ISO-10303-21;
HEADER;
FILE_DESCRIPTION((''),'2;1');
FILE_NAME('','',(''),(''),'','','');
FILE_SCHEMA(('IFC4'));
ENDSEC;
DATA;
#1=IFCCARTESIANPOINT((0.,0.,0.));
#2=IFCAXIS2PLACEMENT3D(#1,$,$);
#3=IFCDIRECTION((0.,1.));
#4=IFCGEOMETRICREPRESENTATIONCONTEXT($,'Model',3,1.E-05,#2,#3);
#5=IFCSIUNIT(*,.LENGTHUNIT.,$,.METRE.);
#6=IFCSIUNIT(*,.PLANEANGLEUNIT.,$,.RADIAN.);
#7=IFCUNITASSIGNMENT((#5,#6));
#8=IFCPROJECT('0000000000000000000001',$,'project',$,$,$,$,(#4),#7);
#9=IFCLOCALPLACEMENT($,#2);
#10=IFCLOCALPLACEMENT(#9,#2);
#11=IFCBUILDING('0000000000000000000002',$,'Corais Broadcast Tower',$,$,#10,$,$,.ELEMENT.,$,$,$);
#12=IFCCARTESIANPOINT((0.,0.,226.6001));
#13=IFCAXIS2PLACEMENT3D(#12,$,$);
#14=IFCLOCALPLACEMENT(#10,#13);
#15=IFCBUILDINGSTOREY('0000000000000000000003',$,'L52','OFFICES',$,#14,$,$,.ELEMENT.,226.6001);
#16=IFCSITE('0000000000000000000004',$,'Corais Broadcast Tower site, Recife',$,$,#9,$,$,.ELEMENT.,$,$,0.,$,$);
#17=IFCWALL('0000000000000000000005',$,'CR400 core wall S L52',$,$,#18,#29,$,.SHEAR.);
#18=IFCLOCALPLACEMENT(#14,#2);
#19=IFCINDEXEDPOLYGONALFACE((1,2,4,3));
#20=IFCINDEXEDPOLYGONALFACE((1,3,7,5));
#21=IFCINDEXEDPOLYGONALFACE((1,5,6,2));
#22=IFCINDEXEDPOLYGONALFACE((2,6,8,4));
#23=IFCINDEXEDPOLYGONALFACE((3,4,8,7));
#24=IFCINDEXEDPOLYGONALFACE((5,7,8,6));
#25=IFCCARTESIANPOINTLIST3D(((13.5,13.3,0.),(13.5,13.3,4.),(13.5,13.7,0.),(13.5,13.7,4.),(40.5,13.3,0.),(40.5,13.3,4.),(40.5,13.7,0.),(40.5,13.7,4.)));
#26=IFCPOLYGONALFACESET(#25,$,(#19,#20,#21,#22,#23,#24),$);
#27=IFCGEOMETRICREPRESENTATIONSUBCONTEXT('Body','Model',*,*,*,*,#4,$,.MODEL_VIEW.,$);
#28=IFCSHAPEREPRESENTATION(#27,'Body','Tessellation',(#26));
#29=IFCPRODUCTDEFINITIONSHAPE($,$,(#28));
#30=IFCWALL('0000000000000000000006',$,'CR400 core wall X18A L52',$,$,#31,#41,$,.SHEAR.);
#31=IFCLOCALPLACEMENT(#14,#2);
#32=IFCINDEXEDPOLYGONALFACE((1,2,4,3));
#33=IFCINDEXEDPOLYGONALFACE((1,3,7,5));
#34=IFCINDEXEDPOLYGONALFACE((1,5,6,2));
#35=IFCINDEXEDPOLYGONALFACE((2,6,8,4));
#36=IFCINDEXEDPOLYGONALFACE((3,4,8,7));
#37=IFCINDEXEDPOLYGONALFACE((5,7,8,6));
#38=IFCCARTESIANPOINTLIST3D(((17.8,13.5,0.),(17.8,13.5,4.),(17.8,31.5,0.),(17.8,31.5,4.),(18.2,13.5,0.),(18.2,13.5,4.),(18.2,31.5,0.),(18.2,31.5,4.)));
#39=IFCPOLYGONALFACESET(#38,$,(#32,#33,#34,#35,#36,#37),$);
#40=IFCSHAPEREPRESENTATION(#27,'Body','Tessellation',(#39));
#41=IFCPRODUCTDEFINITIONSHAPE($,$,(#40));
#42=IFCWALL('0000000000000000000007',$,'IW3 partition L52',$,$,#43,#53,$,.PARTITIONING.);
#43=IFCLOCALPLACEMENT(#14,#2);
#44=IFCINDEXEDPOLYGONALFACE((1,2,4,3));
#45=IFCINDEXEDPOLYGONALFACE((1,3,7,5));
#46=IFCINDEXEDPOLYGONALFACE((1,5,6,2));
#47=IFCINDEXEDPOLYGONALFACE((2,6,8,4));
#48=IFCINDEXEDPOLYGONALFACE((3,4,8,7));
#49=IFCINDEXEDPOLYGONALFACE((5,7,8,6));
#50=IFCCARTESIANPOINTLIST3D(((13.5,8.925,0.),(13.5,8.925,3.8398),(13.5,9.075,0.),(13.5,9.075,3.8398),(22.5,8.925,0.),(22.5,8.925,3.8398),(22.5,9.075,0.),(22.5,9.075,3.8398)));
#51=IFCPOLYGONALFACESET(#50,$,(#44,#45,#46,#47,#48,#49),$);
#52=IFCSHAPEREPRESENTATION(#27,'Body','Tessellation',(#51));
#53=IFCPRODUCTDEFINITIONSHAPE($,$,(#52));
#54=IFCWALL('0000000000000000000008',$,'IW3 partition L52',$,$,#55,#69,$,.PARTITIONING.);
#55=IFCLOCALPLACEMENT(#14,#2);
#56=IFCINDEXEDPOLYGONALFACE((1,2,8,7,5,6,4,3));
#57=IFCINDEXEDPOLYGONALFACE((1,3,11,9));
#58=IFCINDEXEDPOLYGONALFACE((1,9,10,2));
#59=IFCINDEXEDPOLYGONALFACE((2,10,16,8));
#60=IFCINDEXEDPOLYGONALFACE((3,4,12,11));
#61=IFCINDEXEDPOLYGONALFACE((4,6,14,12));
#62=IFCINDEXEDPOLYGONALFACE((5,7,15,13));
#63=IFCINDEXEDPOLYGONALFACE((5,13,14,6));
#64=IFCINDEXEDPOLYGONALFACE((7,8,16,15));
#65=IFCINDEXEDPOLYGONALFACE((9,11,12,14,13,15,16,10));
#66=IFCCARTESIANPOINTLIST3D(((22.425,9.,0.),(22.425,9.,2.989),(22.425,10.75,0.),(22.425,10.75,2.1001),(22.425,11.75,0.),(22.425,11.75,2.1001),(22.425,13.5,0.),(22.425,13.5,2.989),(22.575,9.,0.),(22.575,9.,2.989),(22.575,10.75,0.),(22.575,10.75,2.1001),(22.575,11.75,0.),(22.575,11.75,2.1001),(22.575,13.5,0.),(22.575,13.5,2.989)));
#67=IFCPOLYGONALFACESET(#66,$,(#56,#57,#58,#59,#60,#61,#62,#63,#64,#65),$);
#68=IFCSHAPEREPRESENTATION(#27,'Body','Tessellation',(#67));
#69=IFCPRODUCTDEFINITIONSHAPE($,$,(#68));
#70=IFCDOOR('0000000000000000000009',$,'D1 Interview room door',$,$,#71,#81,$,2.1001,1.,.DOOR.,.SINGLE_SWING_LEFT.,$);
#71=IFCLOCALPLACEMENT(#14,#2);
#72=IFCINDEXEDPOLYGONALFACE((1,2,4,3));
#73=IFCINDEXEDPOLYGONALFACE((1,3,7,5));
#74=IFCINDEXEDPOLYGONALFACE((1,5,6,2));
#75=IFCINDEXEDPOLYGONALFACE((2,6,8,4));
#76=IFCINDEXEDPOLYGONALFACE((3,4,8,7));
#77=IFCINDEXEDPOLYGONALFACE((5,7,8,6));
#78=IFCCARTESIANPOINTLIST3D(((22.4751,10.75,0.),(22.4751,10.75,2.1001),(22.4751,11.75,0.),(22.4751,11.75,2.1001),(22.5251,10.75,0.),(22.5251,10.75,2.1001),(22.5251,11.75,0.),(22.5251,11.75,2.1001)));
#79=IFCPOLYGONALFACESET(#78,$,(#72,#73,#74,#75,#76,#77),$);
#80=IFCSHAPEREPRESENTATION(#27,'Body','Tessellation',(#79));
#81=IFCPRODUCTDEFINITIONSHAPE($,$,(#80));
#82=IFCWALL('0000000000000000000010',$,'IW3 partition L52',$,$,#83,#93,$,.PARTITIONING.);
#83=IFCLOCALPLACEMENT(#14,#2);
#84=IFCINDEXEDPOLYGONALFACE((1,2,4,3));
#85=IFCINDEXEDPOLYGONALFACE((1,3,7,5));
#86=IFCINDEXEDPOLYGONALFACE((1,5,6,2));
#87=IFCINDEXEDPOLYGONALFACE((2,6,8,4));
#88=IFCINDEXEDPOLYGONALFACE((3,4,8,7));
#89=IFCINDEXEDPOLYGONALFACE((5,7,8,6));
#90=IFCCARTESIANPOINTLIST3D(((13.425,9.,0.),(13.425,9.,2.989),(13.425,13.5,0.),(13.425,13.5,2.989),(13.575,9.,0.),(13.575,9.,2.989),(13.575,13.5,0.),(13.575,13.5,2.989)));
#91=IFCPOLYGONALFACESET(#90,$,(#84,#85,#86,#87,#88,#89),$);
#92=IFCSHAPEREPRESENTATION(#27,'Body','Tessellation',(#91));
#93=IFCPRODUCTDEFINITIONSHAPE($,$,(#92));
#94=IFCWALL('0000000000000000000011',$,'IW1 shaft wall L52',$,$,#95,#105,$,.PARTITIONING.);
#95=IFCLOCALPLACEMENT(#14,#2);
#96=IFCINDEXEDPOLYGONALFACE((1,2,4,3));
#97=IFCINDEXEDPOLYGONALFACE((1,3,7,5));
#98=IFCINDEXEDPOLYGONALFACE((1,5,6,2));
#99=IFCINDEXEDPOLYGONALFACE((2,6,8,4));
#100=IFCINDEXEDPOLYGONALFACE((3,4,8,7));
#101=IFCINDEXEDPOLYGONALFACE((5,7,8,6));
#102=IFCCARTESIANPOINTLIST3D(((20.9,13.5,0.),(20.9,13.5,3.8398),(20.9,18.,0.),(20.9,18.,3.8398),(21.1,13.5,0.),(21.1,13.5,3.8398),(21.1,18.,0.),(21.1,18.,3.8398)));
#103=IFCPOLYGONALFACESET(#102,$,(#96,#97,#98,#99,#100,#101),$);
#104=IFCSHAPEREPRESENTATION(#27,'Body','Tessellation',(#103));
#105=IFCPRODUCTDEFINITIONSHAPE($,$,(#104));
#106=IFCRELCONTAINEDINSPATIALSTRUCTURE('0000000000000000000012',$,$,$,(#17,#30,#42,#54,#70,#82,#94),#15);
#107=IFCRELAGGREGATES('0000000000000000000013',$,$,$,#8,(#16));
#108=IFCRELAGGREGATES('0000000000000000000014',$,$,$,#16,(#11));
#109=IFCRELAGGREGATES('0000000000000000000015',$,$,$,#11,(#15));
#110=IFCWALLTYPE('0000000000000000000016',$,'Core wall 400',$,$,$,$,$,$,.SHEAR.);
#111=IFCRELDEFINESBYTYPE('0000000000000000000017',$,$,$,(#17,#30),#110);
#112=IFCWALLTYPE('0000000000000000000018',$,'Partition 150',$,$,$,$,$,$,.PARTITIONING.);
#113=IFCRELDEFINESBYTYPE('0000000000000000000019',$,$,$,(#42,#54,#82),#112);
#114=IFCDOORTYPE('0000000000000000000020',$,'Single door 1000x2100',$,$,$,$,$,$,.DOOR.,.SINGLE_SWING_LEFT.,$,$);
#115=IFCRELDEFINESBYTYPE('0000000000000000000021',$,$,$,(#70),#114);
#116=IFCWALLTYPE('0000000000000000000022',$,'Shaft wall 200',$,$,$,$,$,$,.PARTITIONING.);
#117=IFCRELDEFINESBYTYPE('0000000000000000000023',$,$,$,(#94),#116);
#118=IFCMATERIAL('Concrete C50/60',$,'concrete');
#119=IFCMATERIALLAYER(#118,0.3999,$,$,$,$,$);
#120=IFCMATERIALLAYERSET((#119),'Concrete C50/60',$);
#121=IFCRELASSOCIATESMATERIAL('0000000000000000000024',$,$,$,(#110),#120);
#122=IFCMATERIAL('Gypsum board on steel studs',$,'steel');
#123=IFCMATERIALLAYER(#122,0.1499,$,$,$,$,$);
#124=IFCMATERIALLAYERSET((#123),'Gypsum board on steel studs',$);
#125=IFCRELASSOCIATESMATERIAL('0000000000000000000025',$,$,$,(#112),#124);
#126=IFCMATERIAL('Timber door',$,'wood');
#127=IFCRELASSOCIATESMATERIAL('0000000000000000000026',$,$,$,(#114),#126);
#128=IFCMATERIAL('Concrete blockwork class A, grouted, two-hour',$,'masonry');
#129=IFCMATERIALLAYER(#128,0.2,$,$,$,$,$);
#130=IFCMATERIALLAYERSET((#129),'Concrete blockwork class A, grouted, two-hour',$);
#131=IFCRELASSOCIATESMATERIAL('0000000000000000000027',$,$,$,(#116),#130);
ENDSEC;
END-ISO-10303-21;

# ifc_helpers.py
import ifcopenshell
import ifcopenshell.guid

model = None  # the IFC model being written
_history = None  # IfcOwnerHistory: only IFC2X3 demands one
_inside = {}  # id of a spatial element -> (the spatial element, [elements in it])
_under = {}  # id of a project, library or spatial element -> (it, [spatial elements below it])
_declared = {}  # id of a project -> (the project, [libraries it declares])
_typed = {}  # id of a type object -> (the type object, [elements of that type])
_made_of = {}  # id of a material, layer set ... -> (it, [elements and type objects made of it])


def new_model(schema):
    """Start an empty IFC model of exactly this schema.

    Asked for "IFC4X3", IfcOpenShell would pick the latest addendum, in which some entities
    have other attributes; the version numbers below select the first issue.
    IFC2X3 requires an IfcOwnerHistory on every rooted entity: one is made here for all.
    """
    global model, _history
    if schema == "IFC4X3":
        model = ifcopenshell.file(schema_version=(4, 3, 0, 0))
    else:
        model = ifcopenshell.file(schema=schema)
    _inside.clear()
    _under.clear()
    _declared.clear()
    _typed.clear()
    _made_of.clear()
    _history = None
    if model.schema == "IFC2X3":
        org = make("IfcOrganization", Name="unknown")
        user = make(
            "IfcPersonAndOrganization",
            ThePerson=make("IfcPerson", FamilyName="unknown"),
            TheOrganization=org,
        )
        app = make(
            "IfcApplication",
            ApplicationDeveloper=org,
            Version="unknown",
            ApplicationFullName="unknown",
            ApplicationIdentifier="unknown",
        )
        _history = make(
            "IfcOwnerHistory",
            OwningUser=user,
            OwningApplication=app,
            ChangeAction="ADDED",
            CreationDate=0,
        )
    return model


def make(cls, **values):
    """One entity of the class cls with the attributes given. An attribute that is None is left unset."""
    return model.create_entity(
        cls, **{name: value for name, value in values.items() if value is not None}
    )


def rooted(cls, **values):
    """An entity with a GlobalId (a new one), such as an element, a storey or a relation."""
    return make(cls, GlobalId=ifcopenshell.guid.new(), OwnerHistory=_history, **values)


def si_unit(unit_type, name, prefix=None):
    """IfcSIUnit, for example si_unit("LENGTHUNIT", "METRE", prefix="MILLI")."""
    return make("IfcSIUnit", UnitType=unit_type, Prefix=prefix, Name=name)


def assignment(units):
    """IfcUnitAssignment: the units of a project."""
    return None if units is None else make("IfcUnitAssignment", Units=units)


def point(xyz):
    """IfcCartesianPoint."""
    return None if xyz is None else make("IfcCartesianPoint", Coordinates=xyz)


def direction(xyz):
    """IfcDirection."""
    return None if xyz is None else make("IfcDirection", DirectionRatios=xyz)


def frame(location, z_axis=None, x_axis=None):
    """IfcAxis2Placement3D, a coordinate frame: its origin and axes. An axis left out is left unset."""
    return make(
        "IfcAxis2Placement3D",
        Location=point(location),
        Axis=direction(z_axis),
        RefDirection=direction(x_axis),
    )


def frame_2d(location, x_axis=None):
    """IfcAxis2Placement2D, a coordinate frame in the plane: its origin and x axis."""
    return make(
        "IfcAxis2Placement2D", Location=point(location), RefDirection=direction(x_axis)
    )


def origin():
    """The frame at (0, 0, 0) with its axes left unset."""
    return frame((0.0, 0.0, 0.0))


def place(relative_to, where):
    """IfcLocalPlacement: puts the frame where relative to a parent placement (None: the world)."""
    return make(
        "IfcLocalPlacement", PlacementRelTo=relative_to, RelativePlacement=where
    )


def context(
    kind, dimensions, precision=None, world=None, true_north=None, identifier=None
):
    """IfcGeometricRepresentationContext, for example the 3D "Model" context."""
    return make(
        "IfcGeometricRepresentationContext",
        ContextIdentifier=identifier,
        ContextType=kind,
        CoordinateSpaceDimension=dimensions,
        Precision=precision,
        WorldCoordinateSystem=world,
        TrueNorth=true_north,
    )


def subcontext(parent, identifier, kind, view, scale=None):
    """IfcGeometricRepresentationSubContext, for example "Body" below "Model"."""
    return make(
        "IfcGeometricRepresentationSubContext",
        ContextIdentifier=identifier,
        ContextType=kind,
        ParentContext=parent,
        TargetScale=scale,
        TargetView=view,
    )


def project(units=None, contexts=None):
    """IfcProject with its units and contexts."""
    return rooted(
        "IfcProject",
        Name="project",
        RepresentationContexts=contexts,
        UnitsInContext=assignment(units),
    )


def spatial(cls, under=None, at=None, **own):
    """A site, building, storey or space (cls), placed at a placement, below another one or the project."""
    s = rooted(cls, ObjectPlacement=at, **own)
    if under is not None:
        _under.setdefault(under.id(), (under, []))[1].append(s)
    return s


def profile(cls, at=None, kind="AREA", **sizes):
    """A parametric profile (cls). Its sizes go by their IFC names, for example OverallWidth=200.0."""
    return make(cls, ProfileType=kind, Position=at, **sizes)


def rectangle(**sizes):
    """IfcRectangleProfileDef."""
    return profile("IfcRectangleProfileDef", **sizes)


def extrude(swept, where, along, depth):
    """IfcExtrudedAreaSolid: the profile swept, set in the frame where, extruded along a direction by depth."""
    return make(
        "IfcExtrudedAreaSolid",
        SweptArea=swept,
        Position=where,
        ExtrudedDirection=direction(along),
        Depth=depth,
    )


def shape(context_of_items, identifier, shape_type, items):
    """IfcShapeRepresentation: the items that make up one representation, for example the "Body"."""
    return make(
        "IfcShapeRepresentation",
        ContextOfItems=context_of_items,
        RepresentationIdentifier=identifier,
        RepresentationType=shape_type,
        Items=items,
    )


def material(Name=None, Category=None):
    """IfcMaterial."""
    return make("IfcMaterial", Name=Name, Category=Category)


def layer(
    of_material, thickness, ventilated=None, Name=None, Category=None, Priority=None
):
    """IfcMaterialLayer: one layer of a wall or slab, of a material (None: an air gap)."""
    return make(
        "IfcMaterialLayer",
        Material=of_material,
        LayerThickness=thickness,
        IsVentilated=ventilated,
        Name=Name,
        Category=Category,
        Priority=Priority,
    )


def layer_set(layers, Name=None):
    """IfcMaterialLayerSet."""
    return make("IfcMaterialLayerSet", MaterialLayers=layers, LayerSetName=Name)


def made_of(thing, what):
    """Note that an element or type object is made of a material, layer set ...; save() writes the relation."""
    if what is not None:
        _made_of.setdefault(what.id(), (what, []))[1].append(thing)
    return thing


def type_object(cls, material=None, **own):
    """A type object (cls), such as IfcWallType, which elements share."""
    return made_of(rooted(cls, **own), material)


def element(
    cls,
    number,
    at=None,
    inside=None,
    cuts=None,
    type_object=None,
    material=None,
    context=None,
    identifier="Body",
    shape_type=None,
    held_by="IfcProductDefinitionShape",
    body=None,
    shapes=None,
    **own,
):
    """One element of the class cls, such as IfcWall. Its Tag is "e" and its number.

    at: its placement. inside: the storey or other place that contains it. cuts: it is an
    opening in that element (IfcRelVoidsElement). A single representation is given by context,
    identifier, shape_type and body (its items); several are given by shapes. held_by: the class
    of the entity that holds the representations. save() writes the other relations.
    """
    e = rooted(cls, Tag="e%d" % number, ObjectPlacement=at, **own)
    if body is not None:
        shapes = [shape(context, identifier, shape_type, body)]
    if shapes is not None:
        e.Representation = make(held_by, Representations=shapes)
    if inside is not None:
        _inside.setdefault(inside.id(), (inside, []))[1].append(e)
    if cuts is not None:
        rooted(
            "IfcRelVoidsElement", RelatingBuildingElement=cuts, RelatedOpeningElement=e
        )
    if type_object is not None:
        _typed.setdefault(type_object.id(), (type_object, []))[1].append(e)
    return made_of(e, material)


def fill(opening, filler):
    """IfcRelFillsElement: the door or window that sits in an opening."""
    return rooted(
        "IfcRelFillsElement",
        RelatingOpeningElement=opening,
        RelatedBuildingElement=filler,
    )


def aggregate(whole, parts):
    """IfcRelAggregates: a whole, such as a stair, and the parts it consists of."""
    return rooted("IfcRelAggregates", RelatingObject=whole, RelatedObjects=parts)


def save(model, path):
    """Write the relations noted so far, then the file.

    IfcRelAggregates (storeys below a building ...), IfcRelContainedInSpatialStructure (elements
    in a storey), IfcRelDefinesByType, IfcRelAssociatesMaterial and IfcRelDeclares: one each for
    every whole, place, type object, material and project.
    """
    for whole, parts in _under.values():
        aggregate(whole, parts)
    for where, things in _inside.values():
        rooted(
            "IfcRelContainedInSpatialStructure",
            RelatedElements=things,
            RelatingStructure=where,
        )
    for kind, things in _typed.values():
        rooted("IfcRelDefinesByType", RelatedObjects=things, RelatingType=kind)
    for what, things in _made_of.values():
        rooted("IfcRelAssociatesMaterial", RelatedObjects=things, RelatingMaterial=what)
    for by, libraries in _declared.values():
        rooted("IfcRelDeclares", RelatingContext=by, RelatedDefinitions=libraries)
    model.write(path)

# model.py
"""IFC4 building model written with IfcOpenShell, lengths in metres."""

from ifc_helpers import new_model, si_unit, direction, frame, frame_2d, origin, place, context, subcontext, project, spatial, rectangle, extrude, material, layer, layer_set, type_object, element, fill, save


model = new_model("IFC4")

# Units and contexts
model_context = context("Model", 3, precision=1e-05, world=origin(), true_north=direction((0.0, 1.0)))
body_context = subcontext(model_context, "Body", "Model", "MODEL_VIEW")
ifc_project = project(units=[si_unit("LENGTHUNIT", "METRE"), si_unit("PLANEANGLEUNIT", "RADIAN")], contexts=[model_context])

# Site, building, storey
site_placement = place(None, origin())
site = spatial("IfcSite", under=ifc_project, at=site_placement, Name="Corais Broadcast Tower site, Recife", CompositionType="ELEMENT", RefElevation=0.0)
building_placement = place(site_placement, origin())
building = spatial("IfcBuilding", under=site, at=building_placement, Name="Corais Broadcast Tower", CompositionType="ELEMENT")
storey_placement = place(building_placement, frame((0.0, 0.0, 226.6001)))
storey = spatial("IfcBuildingStorey", under=building, at=storey_placement, Name="L52", Description="OFFICES", CompositionType="ELEMENT", Elevation=226.6001)

# Walls
ifc_material_1 = material(Name="Concrete C50/60", Category="concrete")
ifc_layer_1 = layer(ifc_material_1, 0.3999)
ifc_layer_set_1 = layer_set([ifc_layer_1], Name="Concrete C50/60")
wall_type_1 = type_object("IfcWallType", Name="Core wall 400", PredefinedType="SHEAR", material=ifc_layer_set_1)
wall_1_placement = place(storey_placement, frame((13.5, 13.5, 0.0), z_axis=(0.0, 0.0, 1.0), x_axis=(1.0, 0.0, 0.0)))
element("IfcWall", 1, at=wall_1_placement, inside=storey, type_object=wall_type_1, Name="CR400 core wall S L52", PredefinedType="SHEAR", context=body_context, shape_type="SweptSolid", body=[
    extrude(rectangle(XDim=27.0, YDim=0.3999, at=frame_2d((13.5, 0.0))), origin(), (0.0, 0.0, 1.0), 4.0),
])
wall_2_placement = place(storey_placement, frame((18.0, 13.5, 0.0), z_axis=(0.0, 0.0, 1.0), x_axis=(0.0, 1.0, 0.0)))
element("IfcWall", 2, at=wall_2_placement, inside=storey, type_object=wall_type_1, Name="CR400 core wall X18A L52", PredefinedType="SHEAR", context=body_context, shape_type="SweptSolid", body=[
    extrude(rectangle(XDim=18.0, YDim=0.3999, at=frame_2d((9.0, 0.0))), origin(), (0.0, 0.0, 1.0), 4.0),
])
ifc_material_2 = material(Name="Gypsum board on steel studs", Category="steel")
ifc_layer_2 = layer(ifc_material_2, 0.1499)
ifc_layer_set_2 = layer_set([ifc_layer_2], Name="Gypsum board on steel studs")
wall_type_2 = type_object("IfcWallType", Name="Partition 150", PredefinedType="PARTITIONING", material=ifc_layer_set_2)
wall_3_placement = place(storey_placement, frame((13.5, 9.0, 0.0), z_axis=(0.0, 0.0, 1.0), x_axis=(1.0, 0.0, 0.0)))
element("IfcWall", 3, at=wall_3_placement, inside=storey, type_object=wall_type_2, Name="IW3 partition L52", PredefinedType="PARTITIONING", context=body_context, shape_type="SweptSolid", body=[
    extrude(rectangle(XDim=9.0, YDim=0.1499, at=frame_2d((4.5, 0.0))), origin(), (0.0, 0.0, 1.0), 3.8398),
])

# Wall, opening, door
wall_4_placement = place(storey_placement, frame((22.5, 9.0, 0.0), z_axis=(0.0, 0.0, 1.0), x_axis=(0.0, 1.0, 0.0)))
wall_4 = element("IfcWall", 4, at=wall_4_placement, inside=storey, type_object=wall_type_2, Name="IW3 partition L52", PredefinedType="PARTITIONING", context=body_context, shape_type="SweptSolid", body=[
    extrude(rectangle(XDim=4.5, YDim=0.1499, at=frame_2d((2.25, 0.0))), origin(), (0.0, 0.0, 1.0), 2.989),
])
opening_placement = place(wall_4_placement, frame((1.75, 0.0, 0.0)))
opening = element("IfcOpeningElement", 5, at=opening_placement, cuts=wall_4, PredefinedType="OPENING", context=body_context, shape_type="SweptSolid", body=[
    extrude(rectangle(XDim=1.0, YDim=2.1001, at=frame_2d((0.5, 1.05))), frame((0.0, 0.085, 0.0), z_axis=(0.0, -1.0, 0.0), x_axis=(1.0, 0.0, 0.0)), (0.0, 0.0, 1.0), 0.1699),
])
ifc_material_3 = material(Name="Timber door", Category="wood")
door_type = type_object("IfcDoorType", Name="Single door 1000x2100", OperationType="SINGLE_SWING_LEFT", PredefinedType="DOOR", material=ifc_material_3)
door_placement = place(opening_placement, origin())
door = element("IfcDoor", 6, at=door_placement, inside=storey, type_object=door_type, Name="D1 Interview room door", OperationType="SINGLE_SWING_LEFT", OverallHeight=2.1001, OverallWidth=1.0, PredefinedType="DOOR", context=body_context, shape_type="SweptSolid", body=[
    extrude(rectangle(XDim=1.0, YDim=2.1001, at=frame_2d((0.5, 1.05))), frame((0.0, 0.0249, 0.0), z_axis=(0.0, -1.0, 0.0), x_axis=(1.0, 0.0, 0.0)), (0.0, 0.0, 1.0), 0.05),
])
fill(opening, door)

# Walls
wall_5_placement = place(storey_placement, frame((13.5, 13.5, 0.0), z_axis=(0.0, 0.0, 1.0), x_axis=(0.0, -1.0, 0.0)))
element("IfcWall", 7, at=wall_5_placement, inside=storey, type_object=wall_type_2, Name="IW3 partition L52", PredefinedType="PARTITIONING", context=body_context, shape_type="SweptSolid", body=[
    extrude(rectangle(XDim=4.5, YDim=0.1499, at=frame_2d((2.25, 0.0))), origin(), (0.0, 0.0, 1.0), 2.989),
])
ifc_material_4 = material(Name="Concrete blockwork class A, grouted, two-hour", Category="masonry")
ifc_layer_3 = layer(ifc_material_4, 0.2)
ifc_layer_set_3 = layer_set([ifc_layer_3], Name="Concrete blockwork class A, grouted, two-hour")
wall_type_3 = type_object("IfcWallType", Name="Shaft wall 200", PredefinedType="PARTITIONING", material=ifc_layer_set_3)
wall_6_placement = place(storey_placement, frame((21.0, 13.5, 0.0), z_axis=(0.0, 0.0, 1.0), x_axis=(0.0, 1.0, 0.0)))
element("IfcWall", 8, at=wall_6_placement, inside=storey, type_object=wall_type_3, Name="IW1 shaft wall L52", PredefinedType="PARTITIONING", context=body_context, shape_type="SweptSolid", body=[
    extrude(rectangle(XDim=4.5, YDim=0.2, at=frame_2d((2.25, 0.0))), origin(), (0.0, 0.0, 1.0), 3.8398),
])

save(model, "model.ifc")
